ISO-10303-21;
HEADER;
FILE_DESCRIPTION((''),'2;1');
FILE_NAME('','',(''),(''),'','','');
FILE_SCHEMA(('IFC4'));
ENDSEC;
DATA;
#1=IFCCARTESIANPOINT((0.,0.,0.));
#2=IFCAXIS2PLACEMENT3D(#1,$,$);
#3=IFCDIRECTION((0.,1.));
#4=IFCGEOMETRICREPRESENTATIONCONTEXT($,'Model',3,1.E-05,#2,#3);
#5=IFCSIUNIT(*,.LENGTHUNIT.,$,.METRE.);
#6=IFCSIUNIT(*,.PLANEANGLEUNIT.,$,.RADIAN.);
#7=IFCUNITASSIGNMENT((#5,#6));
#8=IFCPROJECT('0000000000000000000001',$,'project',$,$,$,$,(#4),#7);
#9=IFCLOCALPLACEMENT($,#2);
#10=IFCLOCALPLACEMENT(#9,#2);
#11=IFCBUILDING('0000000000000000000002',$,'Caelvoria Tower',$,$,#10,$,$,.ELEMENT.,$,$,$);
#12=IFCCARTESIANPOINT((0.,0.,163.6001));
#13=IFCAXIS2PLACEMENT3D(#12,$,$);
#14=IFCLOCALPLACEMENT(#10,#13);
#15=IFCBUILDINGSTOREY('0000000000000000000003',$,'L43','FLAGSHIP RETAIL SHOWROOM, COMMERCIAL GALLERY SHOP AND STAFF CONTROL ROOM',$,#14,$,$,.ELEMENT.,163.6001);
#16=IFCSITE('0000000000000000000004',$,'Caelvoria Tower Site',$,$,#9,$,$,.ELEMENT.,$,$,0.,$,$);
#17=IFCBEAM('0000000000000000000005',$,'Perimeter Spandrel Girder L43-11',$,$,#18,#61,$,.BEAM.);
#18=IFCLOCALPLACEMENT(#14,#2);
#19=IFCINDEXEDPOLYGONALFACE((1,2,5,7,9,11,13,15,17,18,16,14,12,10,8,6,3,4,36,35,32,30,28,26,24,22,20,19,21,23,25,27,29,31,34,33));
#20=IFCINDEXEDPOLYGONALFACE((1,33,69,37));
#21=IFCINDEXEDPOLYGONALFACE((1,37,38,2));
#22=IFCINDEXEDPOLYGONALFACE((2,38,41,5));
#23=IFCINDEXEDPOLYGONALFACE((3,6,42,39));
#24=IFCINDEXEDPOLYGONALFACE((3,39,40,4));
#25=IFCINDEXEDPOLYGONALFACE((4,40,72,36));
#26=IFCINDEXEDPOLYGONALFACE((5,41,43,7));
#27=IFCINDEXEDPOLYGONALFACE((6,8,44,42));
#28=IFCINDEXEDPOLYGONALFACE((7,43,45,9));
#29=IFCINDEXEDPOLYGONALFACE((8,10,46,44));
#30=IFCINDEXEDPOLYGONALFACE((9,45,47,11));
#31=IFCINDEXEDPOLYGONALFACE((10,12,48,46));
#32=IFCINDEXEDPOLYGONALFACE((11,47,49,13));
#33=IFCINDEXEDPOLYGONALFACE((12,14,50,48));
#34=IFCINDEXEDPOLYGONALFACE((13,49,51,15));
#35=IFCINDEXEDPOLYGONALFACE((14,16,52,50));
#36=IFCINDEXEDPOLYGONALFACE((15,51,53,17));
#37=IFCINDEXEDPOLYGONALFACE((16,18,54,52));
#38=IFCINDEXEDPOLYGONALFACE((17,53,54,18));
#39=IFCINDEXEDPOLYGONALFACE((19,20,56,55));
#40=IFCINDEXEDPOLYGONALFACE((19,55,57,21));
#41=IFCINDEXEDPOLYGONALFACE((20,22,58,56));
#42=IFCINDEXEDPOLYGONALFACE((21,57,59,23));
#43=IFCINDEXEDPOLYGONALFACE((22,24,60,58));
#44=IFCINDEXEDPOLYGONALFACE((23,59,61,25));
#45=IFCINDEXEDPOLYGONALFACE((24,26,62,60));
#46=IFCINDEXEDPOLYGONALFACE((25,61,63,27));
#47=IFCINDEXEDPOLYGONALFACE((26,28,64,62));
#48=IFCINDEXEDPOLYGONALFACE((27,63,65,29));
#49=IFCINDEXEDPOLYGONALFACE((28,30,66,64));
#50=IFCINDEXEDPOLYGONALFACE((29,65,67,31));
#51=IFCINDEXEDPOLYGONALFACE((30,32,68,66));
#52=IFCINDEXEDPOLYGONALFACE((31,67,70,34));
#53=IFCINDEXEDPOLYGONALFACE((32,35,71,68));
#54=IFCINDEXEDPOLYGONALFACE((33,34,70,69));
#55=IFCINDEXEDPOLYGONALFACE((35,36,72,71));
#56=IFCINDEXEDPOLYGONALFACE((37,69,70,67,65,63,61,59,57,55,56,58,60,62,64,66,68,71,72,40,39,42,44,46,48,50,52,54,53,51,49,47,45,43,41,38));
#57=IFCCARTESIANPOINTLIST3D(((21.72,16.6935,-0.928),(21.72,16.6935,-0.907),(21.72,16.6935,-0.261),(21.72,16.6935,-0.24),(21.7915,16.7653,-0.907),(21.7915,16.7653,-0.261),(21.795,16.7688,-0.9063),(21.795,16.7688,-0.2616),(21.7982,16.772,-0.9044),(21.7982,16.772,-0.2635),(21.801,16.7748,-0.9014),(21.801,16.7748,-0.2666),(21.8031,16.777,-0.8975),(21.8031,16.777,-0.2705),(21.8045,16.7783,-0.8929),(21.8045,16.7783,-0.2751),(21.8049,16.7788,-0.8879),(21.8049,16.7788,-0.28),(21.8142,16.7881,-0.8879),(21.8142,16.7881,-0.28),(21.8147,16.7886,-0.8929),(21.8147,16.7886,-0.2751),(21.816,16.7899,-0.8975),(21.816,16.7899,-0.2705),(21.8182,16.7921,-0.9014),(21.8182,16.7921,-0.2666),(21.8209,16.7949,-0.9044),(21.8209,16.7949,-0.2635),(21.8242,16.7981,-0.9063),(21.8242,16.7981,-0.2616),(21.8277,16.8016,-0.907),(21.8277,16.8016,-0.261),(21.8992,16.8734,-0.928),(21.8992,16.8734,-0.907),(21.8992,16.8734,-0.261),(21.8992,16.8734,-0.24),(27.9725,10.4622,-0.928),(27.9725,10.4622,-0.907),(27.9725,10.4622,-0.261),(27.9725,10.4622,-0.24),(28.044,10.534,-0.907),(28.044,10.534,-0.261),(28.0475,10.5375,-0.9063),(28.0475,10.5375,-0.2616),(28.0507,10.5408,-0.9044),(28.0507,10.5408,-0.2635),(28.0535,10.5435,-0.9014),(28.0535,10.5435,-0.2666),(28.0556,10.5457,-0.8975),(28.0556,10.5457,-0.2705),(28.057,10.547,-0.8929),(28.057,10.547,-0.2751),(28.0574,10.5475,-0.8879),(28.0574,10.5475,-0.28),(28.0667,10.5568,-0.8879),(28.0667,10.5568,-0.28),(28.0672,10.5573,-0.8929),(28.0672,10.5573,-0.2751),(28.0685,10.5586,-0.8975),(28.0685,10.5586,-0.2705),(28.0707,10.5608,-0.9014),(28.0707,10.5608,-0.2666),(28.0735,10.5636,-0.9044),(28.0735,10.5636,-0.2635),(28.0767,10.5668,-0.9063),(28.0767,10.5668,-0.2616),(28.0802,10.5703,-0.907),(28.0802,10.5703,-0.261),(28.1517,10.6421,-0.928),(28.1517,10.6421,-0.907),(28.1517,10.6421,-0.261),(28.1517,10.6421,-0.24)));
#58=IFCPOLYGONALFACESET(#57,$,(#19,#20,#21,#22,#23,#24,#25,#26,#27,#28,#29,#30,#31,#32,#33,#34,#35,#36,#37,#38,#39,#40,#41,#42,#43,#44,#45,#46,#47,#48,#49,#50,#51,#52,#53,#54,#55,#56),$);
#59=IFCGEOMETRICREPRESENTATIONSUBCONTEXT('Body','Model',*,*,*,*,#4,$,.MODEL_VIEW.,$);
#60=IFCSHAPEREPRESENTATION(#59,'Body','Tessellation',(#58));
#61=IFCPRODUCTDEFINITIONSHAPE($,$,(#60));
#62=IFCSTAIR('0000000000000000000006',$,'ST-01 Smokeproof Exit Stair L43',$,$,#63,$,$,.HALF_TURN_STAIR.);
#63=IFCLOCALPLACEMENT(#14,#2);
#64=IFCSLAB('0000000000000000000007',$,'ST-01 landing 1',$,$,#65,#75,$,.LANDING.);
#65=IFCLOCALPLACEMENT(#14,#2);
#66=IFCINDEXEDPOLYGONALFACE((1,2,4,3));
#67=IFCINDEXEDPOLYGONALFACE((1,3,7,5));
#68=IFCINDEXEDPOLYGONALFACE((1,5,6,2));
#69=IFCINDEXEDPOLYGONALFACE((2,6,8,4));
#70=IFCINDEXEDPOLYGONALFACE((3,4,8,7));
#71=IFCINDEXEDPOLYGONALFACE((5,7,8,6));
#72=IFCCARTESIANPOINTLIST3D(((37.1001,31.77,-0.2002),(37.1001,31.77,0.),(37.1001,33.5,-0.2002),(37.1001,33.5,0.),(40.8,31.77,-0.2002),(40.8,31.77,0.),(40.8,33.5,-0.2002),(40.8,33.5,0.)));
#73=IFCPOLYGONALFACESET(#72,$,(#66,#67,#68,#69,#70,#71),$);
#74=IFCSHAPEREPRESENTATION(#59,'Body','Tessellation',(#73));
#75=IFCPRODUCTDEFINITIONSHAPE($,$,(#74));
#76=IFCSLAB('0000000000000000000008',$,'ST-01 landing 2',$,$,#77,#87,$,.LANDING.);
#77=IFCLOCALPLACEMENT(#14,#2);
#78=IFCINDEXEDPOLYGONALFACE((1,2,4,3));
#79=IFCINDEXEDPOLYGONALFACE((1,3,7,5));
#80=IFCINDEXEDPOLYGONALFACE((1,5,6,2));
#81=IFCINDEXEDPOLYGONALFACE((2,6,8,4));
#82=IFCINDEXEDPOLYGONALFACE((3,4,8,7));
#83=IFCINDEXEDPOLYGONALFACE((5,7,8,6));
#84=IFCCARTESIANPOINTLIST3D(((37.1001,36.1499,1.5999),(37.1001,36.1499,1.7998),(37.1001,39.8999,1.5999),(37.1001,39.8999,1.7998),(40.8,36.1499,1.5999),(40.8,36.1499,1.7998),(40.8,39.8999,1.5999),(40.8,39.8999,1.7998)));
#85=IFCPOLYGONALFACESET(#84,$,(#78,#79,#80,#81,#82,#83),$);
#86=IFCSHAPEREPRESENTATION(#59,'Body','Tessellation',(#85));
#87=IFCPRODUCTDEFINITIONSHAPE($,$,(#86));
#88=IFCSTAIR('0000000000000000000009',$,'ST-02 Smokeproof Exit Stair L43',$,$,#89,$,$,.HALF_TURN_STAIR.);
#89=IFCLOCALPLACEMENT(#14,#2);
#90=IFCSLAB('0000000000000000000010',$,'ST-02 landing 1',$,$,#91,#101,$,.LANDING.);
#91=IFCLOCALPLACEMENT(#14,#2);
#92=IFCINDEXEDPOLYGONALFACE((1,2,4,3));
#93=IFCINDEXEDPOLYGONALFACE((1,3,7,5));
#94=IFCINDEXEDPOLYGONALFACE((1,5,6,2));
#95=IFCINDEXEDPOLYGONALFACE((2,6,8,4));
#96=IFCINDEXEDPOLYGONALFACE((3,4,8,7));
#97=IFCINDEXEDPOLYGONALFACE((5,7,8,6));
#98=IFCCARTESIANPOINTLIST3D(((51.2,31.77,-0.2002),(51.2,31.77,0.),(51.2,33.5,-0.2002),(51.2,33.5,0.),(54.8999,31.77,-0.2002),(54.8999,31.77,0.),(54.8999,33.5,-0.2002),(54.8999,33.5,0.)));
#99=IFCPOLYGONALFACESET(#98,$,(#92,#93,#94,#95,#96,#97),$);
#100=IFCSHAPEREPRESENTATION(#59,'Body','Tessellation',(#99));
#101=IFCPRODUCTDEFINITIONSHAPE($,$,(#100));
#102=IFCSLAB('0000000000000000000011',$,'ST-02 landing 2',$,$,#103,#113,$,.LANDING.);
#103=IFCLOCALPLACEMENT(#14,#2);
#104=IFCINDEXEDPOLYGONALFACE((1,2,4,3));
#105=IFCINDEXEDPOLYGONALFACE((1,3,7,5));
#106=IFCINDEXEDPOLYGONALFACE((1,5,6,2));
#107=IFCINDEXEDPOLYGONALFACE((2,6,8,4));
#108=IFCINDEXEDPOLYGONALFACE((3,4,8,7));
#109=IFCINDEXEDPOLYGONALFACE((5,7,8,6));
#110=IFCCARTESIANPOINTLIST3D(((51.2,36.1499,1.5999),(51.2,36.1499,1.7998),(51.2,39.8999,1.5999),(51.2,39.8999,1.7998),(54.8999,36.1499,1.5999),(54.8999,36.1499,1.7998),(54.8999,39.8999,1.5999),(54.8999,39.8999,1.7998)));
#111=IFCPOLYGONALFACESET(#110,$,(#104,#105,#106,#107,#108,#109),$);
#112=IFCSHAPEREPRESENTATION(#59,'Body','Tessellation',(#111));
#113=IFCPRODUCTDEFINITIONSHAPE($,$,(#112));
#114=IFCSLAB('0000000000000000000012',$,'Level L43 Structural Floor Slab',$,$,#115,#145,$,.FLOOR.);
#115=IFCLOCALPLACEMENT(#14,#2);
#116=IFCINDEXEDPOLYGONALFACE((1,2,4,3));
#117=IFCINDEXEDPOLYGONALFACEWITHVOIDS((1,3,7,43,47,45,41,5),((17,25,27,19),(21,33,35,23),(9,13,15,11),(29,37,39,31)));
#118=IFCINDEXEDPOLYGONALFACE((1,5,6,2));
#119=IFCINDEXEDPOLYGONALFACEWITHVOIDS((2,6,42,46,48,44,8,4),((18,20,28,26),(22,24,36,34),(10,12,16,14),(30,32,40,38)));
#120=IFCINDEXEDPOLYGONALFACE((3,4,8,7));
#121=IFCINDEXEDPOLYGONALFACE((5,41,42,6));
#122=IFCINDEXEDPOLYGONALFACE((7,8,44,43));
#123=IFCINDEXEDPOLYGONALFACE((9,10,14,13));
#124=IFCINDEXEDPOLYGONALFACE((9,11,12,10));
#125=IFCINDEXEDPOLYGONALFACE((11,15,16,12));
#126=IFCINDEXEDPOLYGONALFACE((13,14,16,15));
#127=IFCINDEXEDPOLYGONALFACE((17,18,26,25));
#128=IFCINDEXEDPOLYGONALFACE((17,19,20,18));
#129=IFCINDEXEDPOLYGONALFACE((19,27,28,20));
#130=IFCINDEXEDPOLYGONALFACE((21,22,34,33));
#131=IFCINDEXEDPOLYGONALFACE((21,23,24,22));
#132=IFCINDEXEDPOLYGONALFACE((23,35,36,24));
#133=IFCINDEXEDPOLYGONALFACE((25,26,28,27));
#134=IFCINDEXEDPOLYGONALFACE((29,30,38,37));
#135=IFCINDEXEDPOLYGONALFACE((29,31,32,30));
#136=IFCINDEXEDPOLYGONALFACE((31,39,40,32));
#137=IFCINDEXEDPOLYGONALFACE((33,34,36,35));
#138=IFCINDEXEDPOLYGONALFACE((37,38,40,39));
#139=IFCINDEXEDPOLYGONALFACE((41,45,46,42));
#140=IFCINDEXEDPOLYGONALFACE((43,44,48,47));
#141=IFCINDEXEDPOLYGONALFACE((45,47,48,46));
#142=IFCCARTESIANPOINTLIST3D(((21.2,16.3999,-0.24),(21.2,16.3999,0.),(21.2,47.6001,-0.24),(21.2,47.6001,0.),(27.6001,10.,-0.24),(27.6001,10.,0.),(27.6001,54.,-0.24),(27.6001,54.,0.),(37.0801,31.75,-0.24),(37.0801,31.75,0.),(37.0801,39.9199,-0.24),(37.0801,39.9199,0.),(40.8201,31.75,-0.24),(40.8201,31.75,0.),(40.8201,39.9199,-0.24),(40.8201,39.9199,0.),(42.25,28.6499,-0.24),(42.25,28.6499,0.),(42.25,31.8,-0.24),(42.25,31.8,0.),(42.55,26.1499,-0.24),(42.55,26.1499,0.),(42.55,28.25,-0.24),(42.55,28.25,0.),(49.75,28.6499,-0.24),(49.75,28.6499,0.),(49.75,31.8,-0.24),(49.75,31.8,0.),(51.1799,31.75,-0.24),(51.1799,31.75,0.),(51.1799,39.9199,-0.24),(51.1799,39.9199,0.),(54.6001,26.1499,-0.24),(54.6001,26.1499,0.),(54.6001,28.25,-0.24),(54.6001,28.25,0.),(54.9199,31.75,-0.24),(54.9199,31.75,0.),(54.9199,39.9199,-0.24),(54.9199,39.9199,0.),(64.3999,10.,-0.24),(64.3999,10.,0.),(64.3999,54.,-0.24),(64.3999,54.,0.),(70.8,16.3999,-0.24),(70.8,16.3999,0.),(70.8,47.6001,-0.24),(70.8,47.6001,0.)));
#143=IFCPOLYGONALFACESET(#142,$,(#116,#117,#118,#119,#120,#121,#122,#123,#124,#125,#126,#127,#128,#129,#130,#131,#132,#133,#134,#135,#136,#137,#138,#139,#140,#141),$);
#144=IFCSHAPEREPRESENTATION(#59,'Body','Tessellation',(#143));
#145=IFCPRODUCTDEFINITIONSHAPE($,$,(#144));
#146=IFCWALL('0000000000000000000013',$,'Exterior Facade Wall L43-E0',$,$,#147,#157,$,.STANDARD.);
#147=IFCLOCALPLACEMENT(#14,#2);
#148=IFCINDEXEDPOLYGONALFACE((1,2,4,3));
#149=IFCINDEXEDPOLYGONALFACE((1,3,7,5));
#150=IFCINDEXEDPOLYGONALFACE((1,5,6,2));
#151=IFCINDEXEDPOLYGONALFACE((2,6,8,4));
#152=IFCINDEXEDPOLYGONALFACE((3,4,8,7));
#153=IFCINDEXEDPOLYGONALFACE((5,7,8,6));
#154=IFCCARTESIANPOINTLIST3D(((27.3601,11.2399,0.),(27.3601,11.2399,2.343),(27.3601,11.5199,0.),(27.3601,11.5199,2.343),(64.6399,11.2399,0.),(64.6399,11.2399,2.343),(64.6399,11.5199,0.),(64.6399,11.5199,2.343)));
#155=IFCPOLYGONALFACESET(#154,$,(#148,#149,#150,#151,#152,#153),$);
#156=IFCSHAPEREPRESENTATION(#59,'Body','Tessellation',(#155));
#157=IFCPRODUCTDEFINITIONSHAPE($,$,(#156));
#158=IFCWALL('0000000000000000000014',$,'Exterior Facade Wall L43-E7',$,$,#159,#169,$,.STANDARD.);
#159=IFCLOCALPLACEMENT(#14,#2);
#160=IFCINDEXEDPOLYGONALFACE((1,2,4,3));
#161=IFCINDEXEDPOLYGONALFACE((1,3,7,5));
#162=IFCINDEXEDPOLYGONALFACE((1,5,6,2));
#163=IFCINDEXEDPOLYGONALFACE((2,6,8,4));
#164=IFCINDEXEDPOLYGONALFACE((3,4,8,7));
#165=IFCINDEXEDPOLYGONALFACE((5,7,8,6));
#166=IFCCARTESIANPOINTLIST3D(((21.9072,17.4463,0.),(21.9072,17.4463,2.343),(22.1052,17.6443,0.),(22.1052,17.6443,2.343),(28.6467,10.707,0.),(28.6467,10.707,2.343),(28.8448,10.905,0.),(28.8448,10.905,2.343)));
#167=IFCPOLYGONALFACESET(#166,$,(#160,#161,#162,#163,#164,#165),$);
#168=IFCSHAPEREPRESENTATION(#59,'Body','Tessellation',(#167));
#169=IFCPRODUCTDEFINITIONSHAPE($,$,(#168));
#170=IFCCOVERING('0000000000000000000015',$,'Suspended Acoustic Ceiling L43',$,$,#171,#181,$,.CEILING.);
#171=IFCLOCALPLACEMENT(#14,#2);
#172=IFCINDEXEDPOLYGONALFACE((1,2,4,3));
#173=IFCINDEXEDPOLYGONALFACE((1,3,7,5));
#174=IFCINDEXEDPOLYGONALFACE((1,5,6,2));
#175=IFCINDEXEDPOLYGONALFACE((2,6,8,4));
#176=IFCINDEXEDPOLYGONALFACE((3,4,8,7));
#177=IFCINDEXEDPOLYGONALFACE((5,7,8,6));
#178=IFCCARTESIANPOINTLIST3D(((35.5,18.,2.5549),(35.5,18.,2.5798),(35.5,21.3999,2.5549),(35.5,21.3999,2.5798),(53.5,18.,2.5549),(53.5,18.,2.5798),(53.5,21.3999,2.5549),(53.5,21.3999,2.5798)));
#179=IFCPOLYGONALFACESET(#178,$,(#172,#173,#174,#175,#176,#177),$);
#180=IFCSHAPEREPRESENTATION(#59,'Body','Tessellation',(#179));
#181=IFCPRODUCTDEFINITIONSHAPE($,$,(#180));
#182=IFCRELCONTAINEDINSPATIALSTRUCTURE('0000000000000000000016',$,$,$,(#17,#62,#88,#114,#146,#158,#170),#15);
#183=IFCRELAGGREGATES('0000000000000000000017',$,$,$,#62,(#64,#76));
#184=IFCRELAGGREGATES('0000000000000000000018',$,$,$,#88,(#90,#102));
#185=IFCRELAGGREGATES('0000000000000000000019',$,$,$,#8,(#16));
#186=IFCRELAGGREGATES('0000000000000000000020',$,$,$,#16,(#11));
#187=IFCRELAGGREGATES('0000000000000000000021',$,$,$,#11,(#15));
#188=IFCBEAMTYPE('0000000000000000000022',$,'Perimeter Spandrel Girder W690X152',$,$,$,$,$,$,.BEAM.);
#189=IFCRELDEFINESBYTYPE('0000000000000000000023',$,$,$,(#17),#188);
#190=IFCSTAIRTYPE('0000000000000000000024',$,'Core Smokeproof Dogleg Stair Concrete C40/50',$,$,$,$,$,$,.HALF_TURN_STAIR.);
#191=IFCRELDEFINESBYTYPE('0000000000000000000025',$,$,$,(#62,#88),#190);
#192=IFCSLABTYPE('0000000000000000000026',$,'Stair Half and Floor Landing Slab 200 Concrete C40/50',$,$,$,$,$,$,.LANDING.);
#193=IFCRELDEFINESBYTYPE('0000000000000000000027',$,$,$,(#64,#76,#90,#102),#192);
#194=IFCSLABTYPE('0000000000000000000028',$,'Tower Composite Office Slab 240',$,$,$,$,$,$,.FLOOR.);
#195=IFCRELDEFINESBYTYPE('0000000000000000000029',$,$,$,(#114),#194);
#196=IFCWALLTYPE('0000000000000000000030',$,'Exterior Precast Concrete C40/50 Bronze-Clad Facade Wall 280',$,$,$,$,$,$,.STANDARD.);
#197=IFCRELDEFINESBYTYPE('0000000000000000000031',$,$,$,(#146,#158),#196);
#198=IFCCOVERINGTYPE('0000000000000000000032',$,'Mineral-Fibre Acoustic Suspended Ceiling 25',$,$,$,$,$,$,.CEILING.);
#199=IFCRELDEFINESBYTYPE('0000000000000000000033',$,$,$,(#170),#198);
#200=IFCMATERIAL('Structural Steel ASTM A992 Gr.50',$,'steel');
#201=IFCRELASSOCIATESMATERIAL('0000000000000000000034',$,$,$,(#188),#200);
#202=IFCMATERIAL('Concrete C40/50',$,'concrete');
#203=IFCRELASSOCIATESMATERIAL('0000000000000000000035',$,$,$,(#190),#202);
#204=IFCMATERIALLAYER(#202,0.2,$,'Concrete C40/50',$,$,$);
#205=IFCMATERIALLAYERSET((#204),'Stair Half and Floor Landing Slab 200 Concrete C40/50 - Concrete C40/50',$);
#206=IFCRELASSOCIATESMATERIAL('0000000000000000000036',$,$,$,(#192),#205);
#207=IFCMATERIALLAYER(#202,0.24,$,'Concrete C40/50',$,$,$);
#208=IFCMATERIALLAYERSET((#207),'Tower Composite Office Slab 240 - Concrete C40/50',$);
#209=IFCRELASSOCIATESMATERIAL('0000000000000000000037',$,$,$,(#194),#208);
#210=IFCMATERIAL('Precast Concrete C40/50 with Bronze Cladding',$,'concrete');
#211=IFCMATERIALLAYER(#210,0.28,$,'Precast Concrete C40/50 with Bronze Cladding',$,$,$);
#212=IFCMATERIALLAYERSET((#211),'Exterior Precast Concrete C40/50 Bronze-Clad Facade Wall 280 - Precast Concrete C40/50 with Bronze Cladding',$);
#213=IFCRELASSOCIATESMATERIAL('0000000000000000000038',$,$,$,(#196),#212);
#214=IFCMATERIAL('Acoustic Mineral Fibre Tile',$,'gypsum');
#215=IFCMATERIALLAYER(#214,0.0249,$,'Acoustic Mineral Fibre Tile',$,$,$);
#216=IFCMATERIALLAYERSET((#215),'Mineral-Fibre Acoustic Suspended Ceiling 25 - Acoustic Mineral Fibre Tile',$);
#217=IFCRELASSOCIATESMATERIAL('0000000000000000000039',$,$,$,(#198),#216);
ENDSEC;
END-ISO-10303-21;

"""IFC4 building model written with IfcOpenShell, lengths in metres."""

from ifc_helpers import new_model, si_unit, direction, frame, frame_2d, origin, origin_2d, place, context, subcontext, project, spatial, polyline, rectangle, i_section, outline, extrude, material, layer, layer_set, material_profile, profile_set, type_object, element, aggregate, save


model = new_model("IFC4")

# Units and contexts
model_context = context("Model", 3, precision=1e-05, world=origin(), true_north=direction((0.0, 1.0)))
body_context = subcontext(model_context, "Body", "Model", "MODEL_VIEW")
ifc_project = project(units=[si_unit("LENGTHUNIT", "METRE"), si_unit("PLANEANGLEUNIT", "RADIAN")], contexts=[model_context])

# Site, building, storey
site_placement = place(None, origin())
site = spatial("IfcSite", under=ifc_project, at=site_placement, Name="Caelvoria Tower Site", CompositionType="ELEMENT", RefElevation=0.0)
building_placement = place(site_placement, origin())
building = spatial("IfcBuilding", under=site, at=building_placement, Name="Caelvoria Tower", CompositionType="ELEMENT")
storey_placement = place(building_placement, frame((0.0, 0.0, 163.6001)))
storey = spatial("IfcBuildingStorey", under=building, at=storey_placement, Name="L43", Description="FLAGSHIP RETAIL SHOWROOM, COMMERCIAL GALLERY SHOP AND STAFF CONTROL ROOM", CompositionType="ELEMENT", Elevation=163.6001)

# Shared definitions
ifc_material_1 = material(Name="Structural Steel ASTM A992 Gr.50", Category="steel")

# Beam
ifc_material_profile_1 = material_profile(ifc_material_1, i_section(OverallWidth=0.2539, OverallDepth=0.688, WebThickness=0.0132, FlangeThickness=0.021, FilletRadius=0.019, at=origin_2d()), Name="Structural Steel ASTM A992 Gr.50")
ifc_profile_set_1 = profile_set([ifc_material_profile_1], Name="W690X152 - Structural Steel ASTM A992 Gr.50")
beam_type = type_object("IfcBeamType", Name="Perimeter Spandrel Girder W690X152", PredefinedType="BEAM", material=ifc_profile_set_1)
beam_1_placement = place(storey_placement, frame((21.8096, 16.7834, -0.584), z_axis=(0.708309, -0.705903, 0.0), x_axis=(0.705903, 0.708309, 0.0)))
element("IfcBeam", 1, at=beam_1_placement, inside=storey, type_object=beam_type, Name="Perimeter Spandrel Girder L43-11", PredefinedType="BEAM", context=body_context, shape_type="SweptSolid", body=[
    extrude(i_section(OverallWidth=0.2539, OverallDepth=0.688, WebThickness=0.0132, FlangeThickness=0.021, FilletRadius=0.019, at=origin_2d()), origin(), (0.0, 0.0, 1.0), 8.8274),
])

# Stairs, slabs
ifc_material_2 = material(Name="Concrete C40/50", Category="concrete")
stair_type = type_object("IfcStairType", Name="Core Smokeproof Dogleg Stair Concrete C40/50", PredefinedType="HALF_TURN_STAIR", material=ifc_material_2)
stair_1_placement = place(storey_placement, origin())
stair_1 = element("IfcStair", 2, at=stair_1_placement, inside=storey, type_object=stair_type, Name="ST-01 Smokeproof Exit Stair L43", PredefinedType="HALF_TURN_STAIR")
ifc_layer_1 = layer(ifc_material_2, 0.2, Name="Concrete C40/50")
ifc_layer_set_1 = layer_set([ifc_layer_1], Name="Stair Half and Floor Landing Slab 200 Concrete C40/50 - Concrete C40/50")
slab_type_1 = type_object("IfcSlabType", Name="Stair Half and Floor Landing Slab 200 Concrete C40/50", PredefinedType="LANDING", material=ifc_layer_set_1)
slab_1_placement = place(storey_placement, frame((0.0, 0.0, -0.2002)))
slab_1 = element("IfcSlab", 3, at=slab_1_placement, type_object=slab_type_1, Name="ST-01 landing 1", PredefinedType="LANDING", context=body_context, shape_type="SweptSolid", body=[
    extrude(outline(polyline([(37.1001, 31.77), (40.8, 31.77), (40.8, 33.5), (37.1001, 33.5), (37.1001, 31.77)])), origin(), (0.0, 0.0, 1.0), 0.2002),
])
slab_2_placement = place(storey_placement, frame((0.0, 0.0, 1.5999)))
slab_2 = element("IfcSlab", 4, at=slab_2_placement, type_object=slab_type_1, Name="ST-01 landing 2", PredefinedType="LANDING", context=body_context, shape_type="SweptSolid", body=[
    extrude(outline(polyline([(37.1001, 36.1499), (40.8, 36.1499), (40.8, 39.8999), (37.1001, 39.8999), (37.1001, 36.1499)])), origin(), (0.0, 0.0, 1.0), 0.2),
])
aggregate(stair_1, [slab_1, slab_2])
stair_2_placement = place(storey_placement, origin())
stair_2 = element("IfcStair", 5, at=stair_2_placement, inside=storey, type_object=stair_type, Name="ST-02 Smokeproof Exit Stair L43", PredefinedType="HALF_TURN_STAIR")
slab_3_placement = place(storey_placement, frame((0.0, 0.0, -0.2002)))
slab_3 = element("IfcSlab", 6, at=slab_3_placement, type_object=slab_type_1, Name="ST-02 landing 1", PredefinedType="LANDING", context=body_context, shape_type="SweptSolid", body=[
    extrude(outline(polyline([(51.2, 31.77), (54.8999, 31.77), (54.8999, 33.5), (51.2, 33.5), (51.2, 31.77)])), origin(), (0.0, 0.0, 1.0), 0.2002),
])
slab_4_placement = place(storey_placement, frame((0.0, 0.0, 1.5999)))
slab_4 = element("IfcSlab", 7, at=slab_4_placement, type_object=slab_type_1, Name="ST-02 landing 2", PredefinedType="LANDING", context=body_context, shape_type="SweptSolid", body=[
    extrude(outline(polyline([(51.2, 36.1499), (54.8999, 36.1499), (54.8999, 39.8999), (51.2, 39.8999), (51.2, 36.1499)])), origin(), (0.0, 0.0, 1.0), 0.2),
])
aggregate(stair_2, [slab_3, slab_4])

# Slab
ifc_layer_2 = layer(ifc_material_2, 0.24, Name="Concrete C40/50")
ifc_layer_set_2 = layer_set([ifc_layer_2], Name="Tower Composite Office Slab 240 - Concrete C40/50")
slab_type_2 = type_object("IfcSlabType", Name="Tower Composite Office Slab 240", PredefinedType="FLOOR", material=ifc_layer_set_2)
slab_5_placement = place(storey_placement, frame((0.0, 0.0, -0.24)))
element("IfcSlab", 8, at=slab_5_placement, inside=storey, type_object=slab_type_2, Name="Level L43 Structural Floor Slab", PredefinedType="FLOOR", context=body_context, shape_type="SweptSolid", body=[
    extrude(outline(polyline([(27.6001, 10.0), (64.3999, 10.0), (70.8, 16.3999), (70.8, 47.6001), (64.3999, 54.0), (27.6001, 54.0), (21.2, 47.6001), (21.2, 16.3999), (27.6001, 10.0)]), holes=[polyline([(37.0801, 31.75), (40.8201, 31.75), (40.8201, 39.9199), (37.0801, 39.9199), (37.0801, 31.75)]), polyline([(51.1799, 31.75), (54.9199, 31.75), (54.9199, 39.9199), (51.1799, 39.9199), (51.1799, 31.75)]), polyline([(42.25, 28.6499), (49.75, 28.6499), (49.75, 31.8), (42.25, 31.8), (42.25, 28.6499)]), polyline([(42.55, 26.1499), (54.6001, 26.1499), (54.6001, 28.25), (42.55, 28.25), (42.55, 26.1499)])]), origin(), (0.0, 0.0, 1.0), 0.24),
])

# Walls
ifc_material_3 = material(Name="Precast Concrete C40/50 with Bronze Cladding", Category="concrete")
ifc_layer_3 = layer(ifc_material_3, 0.28, Name="Precast Concrete C40/50 with Bronze Cladding")
ifc_layer_set_3 = layer_set([ifc_layer_3], Name="Exterior Precast Concrete C40/50 Bronze-Clad Facade Wall 280 - Precast Concrete C40/50 with Bronze Cladding")
wall_type = type_object("IfcWallType", Name="Exterior Precast Concrete C40/50 Bronze-Clad Facade Wall 280", PredefinedType="STANDARD", material=ifc_layer_set_3)
wall_1_placement = place(storey_placement, frame((27.3601, 11.3799, 0.0), z_axis=(0.0, 0.0, 1.0), x_axis=(1.0, 0.0, 0.0)))
element("IfcWall", 9, at=wall_1_placement, inside=storey, type_object=wall_type, Name="Exterior Facade Wall L43-E0", PredefinedType="STANDARD", context=body_context, shape_type="SweptSolid", body=[
    extrude(rectangle(XDim=37.2798, YDim=0.28, at=frame_2d((18.6399, 0.0))), origin(), (0.0, 0.0, 1.0), 2.343),
])
wall_2_placement = place(storey_placement, frame((22.0061, 17.5454, 0.0), z_axis=(0.0, 0.0, 1.0), x_axis=(0.70712, -0.707094, 0.0)))
element("IfcWall", 10, at=wall_2_placement, inside=storey, type_object=wall_type, Name="Exterior Facade Wall L43-E7", PredefinedType="STANDARD", context=body_context, shape_type="SweptSolid", body=[
    extrude(rectangle(XDim=9.531, YDim=0.28, at=frame_2d((4.7656, 0.0))), origin(), (0.0, 0.0, 1.0), 2.343),
])

# Covering
ifc_material_4 = material(Name="Acoustic Mineral Fibre Tile", Category="gypsum")
ifc_layer_4 = layer(ifc_material_4, 0.0249, Name="Acoustic Mineral Fibre Tile")
ifc_layer_set_4 = layer_set([ifc_layer_4], Name="Mineral-Fibre Acoustic Suspended Ceiling 25 - Acoustic Mineral Fibre Tile")
covering_type_1 = type_object("IfcCoveringType", Name="Mineral-Fibre Acoustic Suspended Ceiling 25", PredefinedType="CEILING", material=ifc_layer_set_4)
covering_1_placement = place(storey_placement, frame((0.0, 0.0, 2.5549)))
element("IfcCovering", 11, at=covering_1_placement, inside=storey, type_object=covering_type_1, Name="Suspended Acoustic Ceiling L43", PredefinedType="CEILING", context=body_context, shape_type="SweptSolid", body=[
    extrude(outline(polyline([(35.5, 18.0), (53.5, 18.0), (53.5, 21.3999), (35.5, 21.3999), (35.5, 18.0)])), origin(), (0.0, 0.0, 1.0), 0.0249),
])

save(model, "model.ifc")
